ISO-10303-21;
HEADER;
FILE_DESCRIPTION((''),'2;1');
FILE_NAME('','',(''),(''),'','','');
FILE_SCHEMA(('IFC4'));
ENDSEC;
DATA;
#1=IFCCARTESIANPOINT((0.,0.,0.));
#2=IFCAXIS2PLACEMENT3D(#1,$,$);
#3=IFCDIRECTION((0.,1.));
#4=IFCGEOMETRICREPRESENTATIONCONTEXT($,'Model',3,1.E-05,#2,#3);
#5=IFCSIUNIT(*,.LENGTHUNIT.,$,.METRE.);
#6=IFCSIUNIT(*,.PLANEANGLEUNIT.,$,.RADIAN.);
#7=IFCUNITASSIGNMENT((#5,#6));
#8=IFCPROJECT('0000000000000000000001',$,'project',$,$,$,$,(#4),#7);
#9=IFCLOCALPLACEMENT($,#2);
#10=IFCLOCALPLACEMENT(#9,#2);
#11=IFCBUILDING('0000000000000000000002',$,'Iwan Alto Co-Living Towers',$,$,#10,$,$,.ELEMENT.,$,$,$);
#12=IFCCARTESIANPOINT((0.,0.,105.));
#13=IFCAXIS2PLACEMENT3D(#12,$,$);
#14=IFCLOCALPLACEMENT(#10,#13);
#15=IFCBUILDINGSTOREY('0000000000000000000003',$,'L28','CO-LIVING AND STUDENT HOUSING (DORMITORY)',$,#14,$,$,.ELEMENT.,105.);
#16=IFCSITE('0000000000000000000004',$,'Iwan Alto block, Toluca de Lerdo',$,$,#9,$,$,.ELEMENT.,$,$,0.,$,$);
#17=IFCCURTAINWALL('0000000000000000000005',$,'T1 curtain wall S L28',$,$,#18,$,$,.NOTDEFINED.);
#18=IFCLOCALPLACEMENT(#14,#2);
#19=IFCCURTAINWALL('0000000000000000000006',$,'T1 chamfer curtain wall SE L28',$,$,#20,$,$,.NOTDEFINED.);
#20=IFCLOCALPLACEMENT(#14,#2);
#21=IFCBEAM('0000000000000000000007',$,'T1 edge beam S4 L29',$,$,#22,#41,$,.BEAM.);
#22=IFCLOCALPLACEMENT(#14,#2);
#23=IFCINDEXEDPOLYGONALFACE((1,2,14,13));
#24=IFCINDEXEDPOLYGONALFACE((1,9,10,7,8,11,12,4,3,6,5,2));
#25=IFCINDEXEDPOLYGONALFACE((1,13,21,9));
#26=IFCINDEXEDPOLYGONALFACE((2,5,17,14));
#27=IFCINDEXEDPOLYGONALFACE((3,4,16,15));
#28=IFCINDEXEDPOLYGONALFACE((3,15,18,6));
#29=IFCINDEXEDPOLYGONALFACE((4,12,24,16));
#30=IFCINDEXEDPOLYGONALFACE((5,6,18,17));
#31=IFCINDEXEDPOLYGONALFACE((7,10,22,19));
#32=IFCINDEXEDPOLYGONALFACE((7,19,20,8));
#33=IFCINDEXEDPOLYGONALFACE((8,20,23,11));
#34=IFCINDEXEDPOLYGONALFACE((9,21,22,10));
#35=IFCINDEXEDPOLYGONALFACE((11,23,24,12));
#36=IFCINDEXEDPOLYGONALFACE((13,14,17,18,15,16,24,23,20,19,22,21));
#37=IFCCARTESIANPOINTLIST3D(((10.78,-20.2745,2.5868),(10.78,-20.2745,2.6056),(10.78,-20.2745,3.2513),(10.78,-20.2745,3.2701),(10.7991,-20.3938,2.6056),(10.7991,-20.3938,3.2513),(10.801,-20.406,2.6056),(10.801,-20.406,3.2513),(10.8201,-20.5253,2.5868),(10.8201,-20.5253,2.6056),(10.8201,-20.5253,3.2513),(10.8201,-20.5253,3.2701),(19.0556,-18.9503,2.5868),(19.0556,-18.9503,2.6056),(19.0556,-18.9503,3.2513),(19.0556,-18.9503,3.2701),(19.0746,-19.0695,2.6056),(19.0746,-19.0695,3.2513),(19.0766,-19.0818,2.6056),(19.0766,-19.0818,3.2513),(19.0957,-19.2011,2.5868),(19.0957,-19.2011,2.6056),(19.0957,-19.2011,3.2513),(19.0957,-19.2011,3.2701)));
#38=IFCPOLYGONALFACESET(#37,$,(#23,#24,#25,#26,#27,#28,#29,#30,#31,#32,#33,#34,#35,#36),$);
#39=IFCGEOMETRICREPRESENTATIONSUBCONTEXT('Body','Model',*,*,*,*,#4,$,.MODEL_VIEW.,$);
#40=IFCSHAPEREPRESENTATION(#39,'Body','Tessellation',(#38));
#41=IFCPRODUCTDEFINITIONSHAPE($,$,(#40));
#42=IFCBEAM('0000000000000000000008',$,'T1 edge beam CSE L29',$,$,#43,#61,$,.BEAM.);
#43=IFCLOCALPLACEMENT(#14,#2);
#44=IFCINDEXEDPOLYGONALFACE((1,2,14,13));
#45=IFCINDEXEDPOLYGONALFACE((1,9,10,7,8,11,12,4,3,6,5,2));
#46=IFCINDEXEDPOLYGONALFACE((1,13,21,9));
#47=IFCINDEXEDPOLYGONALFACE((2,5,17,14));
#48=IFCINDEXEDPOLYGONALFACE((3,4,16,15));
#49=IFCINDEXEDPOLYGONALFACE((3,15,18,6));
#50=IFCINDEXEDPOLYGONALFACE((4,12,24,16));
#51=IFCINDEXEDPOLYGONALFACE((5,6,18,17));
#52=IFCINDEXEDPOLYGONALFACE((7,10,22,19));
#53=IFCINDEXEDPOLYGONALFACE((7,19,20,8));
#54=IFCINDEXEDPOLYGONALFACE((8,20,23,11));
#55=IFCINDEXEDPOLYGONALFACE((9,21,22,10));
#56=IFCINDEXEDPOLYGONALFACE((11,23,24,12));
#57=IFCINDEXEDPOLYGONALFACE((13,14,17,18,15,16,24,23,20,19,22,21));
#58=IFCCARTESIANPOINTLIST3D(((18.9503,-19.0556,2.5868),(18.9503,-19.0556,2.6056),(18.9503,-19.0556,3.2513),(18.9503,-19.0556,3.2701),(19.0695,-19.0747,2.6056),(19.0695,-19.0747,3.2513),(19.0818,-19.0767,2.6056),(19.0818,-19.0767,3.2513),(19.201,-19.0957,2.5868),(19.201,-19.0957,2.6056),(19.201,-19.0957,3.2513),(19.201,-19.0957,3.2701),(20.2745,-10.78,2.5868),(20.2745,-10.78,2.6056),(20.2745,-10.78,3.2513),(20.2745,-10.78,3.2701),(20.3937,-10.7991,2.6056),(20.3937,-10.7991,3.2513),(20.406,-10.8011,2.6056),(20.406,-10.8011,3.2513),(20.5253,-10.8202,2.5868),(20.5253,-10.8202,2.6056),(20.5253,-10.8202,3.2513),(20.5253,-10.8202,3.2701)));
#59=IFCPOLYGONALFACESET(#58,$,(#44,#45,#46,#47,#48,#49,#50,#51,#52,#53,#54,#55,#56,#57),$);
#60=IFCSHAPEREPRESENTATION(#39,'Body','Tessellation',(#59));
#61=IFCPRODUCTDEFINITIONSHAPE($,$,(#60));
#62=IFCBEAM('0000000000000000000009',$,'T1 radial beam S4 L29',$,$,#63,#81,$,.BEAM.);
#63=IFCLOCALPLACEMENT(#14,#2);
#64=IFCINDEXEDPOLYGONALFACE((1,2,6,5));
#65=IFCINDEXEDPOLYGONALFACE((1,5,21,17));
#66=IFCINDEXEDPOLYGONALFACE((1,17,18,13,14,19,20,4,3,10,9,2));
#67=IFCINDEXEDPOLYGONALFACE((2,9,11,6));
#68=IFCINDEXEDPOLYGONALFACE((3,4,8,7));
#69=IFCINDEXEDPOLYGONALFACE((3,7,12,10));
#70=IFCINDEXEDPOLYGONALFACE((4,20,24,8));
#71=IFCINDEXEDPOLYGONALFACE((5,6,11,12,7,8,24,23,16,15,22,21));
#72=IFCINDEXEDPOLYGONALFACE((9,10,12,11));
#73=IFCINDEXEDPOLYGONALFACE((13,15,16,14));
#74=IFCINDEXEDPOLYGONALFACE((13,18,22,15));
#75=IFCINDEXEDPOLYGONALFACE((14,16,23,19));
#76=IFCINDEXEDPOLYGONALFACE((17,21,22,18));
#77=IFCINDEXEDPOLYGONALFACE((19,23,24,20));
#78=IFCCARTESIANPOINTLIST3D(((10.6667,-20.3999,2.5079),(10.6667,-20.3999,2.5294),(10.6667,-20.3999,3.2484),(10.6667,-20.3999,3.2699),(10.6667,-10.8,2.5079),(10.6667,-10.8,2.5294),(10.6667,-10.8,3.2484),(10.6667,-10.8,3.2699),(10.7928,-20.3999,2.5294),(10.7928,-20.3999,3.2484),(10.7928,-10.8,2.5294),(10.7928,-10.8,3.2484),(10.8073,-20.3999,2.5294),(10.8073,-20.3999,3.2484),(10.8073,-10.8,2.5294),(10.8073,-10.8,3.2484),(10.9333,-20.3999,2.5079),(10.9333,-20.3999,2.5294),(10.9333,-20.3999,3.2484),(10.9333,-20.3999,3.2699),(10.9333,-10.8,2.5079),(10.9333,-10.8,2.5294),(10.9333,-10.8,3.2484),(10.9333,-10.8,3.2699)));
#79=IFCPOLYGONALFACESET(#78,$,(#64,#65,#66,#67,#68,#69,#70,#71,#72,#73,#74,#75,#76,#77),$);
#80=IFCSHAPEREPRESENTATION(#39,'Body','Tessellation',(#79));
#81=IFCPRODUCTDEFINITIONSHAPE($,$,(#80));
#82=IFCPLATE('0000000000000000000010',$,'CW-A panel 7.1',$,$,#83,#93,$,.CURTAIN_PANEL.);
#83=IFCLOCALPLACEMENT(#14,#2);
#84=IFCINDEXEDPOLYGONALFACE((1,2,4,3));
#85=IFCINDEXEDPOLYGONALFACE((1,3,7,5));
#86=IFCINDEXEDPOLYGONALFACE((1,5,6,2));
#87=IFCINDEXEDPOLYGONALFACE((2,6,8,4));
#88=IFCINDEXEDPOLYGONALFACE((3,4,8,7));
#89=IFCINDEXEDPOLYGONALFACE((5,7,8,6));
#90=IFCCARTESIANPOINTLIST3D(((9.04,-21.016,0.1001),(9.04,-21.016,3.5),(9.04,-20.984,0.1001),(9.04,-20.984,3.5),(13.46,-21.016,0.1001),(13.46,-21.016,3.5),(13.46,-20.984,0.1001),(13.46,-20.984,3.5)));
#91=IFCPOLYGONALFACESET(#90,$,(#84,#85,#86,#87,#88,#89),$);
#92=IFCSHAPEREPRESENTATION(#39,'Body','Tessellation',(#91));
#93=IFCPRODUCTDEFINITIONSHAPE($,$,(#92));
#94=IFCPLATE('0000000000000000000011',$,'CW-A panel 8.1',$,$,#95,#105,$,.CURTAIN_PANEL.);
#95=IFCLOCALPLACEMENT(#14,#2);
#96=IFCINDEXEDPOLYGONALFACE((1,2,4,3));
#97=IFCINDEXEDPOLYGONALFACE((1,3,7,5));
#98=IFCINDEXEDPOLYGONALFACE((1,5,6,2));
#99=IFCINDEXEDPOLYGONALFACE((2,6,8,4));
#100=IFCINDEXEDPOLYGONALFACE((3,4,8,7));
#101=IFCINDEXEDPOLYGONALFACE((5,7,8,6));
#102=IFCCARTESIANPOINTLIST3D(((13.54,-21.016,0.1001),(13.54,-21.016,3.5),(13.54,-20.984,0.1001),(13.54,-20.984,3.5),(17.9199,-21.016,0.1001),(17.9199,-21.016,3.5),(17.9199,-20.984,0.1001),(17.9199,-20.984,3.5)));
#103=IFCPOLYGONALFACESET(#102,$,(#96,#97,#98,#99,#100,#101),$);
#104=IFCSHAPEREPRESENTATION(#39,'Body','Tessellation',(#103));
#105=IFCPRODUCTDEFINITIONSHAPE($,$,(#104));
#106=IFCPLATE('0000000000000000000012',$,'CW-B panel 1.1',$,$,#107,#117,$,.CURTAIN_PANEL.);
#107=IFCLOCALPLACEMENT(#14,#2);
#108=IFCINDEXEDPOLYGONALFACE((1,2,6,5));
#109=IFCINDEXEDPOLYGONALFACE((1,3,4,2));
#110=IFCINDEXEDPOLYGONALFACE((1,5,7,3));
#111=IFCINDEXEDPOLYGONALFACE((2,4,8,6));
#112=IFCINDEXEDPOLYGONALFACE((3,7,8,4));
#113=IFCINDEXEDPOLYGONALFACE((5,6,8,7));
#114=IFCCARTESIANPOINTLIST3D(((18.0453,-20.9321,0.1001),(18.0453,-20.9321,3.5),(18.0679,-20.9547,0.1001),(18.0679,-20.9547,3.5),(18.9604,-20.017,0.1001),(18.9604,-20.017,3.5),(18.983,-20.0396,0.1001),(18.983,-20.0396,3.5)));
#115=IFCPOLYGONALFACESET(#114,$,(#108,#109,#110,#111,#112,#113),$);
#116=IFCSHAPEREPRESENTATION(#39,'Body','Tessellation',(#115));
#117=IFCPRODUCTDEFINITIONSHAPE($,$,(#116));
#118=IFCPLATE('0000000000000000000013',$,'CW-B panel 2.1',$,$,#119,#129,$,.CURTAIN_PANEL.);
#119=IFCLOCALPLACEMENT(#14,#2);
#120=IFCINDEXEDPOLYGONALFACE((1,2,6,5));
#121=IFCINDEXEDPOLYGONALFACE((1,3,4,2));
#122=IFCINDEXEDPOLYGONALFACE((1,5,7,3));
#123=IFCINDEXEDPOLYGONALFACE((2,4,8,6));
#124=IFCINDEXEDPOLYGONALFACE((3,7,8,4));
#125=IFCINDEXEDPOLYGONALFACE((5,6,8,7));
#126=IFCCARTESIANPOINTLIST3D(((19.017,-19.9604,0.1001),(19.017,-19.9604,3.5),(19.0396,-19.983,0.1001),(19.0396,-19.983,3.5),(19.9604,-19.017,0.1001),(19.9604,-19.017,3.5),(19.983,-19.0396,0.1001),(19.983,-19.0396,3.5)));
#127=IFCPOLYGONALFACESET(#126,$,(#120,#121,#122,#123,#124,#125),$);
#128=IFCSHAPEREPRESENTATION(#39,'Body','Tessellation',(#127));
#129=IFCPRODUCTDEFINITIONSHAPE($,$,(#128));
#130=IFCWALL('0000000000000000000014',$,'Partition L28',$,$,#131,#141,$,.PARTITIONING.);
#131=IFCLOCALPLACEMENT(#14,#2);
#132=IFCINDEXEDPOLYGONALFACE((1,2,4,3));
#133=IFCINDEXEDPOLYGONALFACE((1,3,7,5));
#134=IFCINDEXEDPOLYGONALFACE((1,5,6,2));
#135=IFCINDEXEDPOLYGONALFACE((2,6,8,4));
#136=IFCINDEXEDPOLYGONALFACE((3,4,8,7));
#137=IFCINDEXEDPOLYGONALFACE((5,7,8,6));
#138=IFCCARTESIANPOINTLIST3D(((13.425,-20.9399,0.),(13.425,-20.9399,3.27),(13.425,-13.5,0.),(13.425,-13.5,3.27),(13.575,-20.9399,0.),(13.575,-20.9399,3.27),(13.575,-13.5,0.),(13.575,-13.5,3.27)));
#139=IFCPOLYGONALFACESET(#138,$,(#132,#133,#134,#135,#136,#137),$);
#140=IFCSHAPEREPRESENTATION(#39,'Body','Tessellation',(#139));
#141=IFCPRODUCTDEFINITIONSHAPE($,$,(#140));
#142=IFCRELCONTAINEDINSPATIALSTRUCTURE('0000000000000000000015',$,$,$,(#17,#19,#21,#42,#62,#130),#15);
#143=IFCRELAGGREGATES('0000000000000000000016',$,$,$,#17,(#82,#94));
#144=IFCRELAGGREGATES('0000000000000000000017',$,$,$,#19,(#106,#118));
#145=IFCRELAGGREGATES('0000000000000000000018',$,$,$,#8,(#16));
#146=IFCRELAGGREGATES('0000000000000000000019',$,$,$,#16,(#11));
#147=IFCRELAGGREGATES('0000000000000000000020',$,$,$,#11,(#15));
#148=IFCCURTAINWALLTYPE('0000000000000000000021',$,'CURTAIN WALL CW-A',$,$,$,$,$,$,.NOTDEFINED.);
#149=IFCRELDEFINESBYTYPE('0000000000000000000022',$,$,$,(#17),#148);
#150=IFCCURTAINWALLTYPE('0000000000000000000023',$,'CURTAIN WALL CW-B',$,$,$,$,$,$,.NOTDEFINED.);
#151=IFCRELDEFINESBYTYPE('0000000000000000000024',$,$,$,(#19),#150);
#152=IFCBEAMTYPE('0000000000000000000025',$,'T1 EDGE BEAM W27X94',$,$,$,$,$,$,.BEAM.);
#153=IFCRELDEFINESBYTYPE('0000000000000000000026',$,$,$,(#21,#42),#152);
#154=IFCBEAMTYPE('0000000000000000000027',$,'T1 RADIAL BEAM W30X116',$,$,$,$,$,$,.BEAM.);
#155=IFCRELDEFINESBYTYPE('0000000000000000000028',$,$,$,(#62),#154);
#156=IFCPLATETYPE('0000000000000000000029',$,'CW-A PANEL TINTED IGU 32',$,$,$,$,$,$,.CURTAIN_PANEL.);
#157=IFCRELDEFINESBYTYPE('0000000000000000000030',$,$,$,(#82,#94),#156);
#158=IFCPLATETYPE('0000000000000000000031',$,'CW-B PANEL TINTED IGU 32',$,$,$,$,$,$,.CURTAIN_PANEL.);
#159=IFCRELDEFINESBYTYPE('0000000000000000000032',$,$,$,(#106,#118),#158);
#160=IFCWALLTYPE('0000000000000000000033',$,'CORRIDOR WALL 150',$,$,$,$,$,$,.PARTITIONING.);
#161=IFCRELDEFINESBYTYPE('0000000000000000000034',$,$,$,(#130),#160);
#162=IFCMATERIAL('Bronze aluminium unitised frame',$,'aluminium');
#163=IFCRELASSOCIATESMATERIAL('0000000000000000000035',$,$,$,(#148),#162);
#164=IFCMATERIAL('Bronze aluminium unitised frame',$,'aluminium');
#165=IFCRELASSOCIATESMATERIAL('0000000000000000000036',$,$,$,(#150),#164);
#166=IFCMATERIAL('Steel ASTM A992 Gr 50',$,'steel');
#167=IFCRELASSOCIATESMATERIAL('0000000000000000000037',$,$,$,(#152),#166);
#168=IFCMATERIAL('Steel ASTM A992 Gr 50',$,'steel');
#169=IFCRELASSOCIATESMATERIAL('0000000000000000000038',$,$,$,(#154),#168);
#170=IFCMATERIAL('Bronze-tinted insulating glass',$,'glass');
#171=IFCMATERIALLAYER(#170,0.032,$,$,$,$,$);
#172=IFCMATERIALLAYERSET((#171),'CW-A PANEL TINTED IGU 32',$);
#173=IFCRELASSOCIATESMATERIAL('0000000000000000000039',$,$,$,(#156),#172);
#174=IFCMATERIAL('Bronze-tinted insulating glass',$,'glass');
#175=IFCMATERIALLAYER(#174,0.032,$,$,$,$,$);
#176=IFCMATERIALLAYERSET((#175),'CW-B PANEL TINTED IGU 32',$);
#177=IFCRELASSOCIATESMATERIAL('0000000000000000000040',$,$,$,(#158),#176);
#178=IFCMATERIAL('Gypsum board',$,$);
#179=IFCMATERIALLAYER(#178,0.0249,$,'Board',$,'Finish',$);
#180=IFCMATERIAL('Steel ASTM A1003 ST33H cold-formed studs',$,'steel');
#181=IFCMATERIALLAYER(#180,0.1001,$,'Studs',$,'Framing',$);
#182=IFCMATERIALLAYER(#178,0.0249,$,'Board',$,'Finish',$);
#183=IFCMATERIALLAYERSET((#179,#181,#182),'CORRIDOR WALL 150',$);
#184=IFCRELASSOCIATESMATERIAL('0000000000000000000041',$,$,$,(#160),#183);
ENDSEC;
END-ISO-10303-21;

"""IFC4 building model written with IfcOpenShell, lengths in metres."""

from ifc_helpers import new_model, si_unit, direction, frame, frame_2d, origin, origin_2d, place, context, subcontext, project, spatial, rectangle, i_section, extrude, material, layer, layer_set, material_profile, profile_set, type_object, element, aggregate, save


model = new_model("IFC4")

# Units and contexts
model_context = context("Model", 3, precision=1e-05, world=origin(), true_north=direction((0.0, 1.0)))
body_context = subcontext(model_context, "Body", "Model", "MODEL_VIEW")
ifc_project = project(units=[si_unit("LENGTHUNIT", "METRE"), si_unit("PLANEANGLEUNIT", "RADIAN")], contexts=[model_context])

# Site, building, storey
site_placement = place(None, origin())
site = spatial("IfcSite", under=ifc_project, at=site_placement, Name="Iwan Alto block, Toluca de Lerdo", CompositionType="ELEMENT", RefElevation=0.0)
building_placement = place(site_placement, origin())
building = spatial("IfcBuilding", under=site, at=building_placement, Name="Iwan Alto Co-Living Towers", CompositionType="ELEMENT")
storey_placement = place(building_placement, frame((0.0, 0.0, 105.0)))
storey = spatial("IfcBuildingStorey", under=building, at=storey_placement, Name="L28", Description="CO-LIVING AND STUDENT HOUSING (DORMITORY)", CompositionType="ELEMENT", Elevation=105.0)

# Curtain walls
ifc_material_1 = material(Name="Bronze aluminium unitised frame", Category="aluminium")
curtain_wall_type_1 = type_object("IfcCurtainWallType", Name="CURTAIN WALL CW-A", PredefinedType="NOTDEFINED", material=ifc_material_1)
curtain_wall_1_placement = place(storey_placement, origin())
curtain_wall_1 = element("IfcCurtainWall", 1, at=curtain_wall_1_placement, inside=storey, type_object=curtain_wall_type_1, Name="T1 curtain wall S L28", PredefinedType="NOTDEFINED")
ifc_material_2 = material(Name="Bronze aluminium unitised frame", Category="aluminium")
curtain_wall_type_2 = type_object("IfcCurtainWallType", Name="CURTAIN WALL CW-B", PredefinedType="NOTDEFINED", material=ifc_material_2)
curtain_wall_2_placement = place(storey_placement, origin())
curtain_wall_2 = element("IfcCurtainWall", 2, at=curtain_wall_2_placement, inside=storey, type_object=curtain_wall_type_2, Name="T1 chamfer curtain wall SE L28", PredefinedType="NOTDEFINED")

# Beams
ifc_material_3 = material(Name="Steel ASTM A992 Gr 50", Category="steel")
ifc_material_profile_1 = material_profile(ifc_material_3, i_section(OverallWidth=0.2539, OverallDepth=0.6833, WebThickness=0.0125, FlangeThickness=0.0188, at=origin_2d()), Name="W27X94")
ifc_profile_set_1 = profile_set([ifc_material_profile_1], Name="Steel ASTM A992 Gr 50")
beam_type_1 = type_object("IfcBeamType", Name="T1 EDGE BEAM W27X94", PredefinedType="BEAM", material=ifc_profile_set_1)
for number, where, z_axis, x_axis, name in (
    (3, (10.8, -20.3999, 2.9285), (0.987438, 0.158004, 0.0), (-0.158004, 0.987438, 0.0), "T1 edge beam S4 L29"),
    (4, (19.0757, -19.0757, 2.9285), (0.158004, 0.987438, 0.0), (-0.987438, 0.158004, 0.0), "T1 edge beam CSE L29"),
):
    element("IfcBeam", number, at=place(storey_placement, frame(where, z_axis=z_axis, x_axis=x_axis)), inside=storey, type_object=beam_type_1, Name=name, PredefinedType="BEAM", context=body_context, shape_type="SweptSolid", body=[
        extrude(i_section(OverallWidth=0.2539, OverallDepth=0.6833, WebThickness=0.0125, FlangeThickness=0.0188, at=origin_2d()), origin(), (0.0, 0.0, 1.0), 8.3809),
    ])
ifc_material_4 = material(Name="Steel ASTM A992 Gr 50", Category="steel")
ifc_material_profile_2 = material_profile(ifc_material_4, i_section(OverallWidth=0.2666, OverallDepth=0.762, WebThickness=0.0144, FlangeThickness=0.0215, at=origin_2d()), Name="W30X116")
ifc_profile_set_2 = profile_set([ifc_material_profile_2], Name="Steel ASTM A992 Gr 50")
beam_type_2 = type_object("IfcBeamType", Name="T1 RADIAL BEAM W30X116", PredefinedType="BEAM", material=ifc_profile_set_2)
beam_1_placement = place(storey_placement, frame((10.8, -20.3999, 2.8889), z_axis=(0.0, 1.0, 0.0), x_axis=(-1.0, 0.0, 0.0)))
element("IfcBeam", 5, at=beam_1_placement, inside=storey, type_object=beam_type_2, Name="T1 radial beam S4 L29", PredefinedType="BEAM", context=body_context, shape_type="SweptSolid", body=[
    extrude(i_section(OverallWidth=0.2666, OverallDepth=0.762, WebThickness=0.0144, FlangeThickness=0.0215, at=origin_2d()), origin(), (0.0, 0.0, 1.0), 9.5999),
])

# Plates
ifc_material_5 = material(Name="Bronze-tinted insulating glass", Category="glass")
ifc_layer_1 = layer(ifc_material_5, 0.032)
ifc_layer_set_1 = layer_set([ifc_layer_1], Name="CW-A PANEL TINTED IGU 32")
plate_type_1 = type_object("IfcPlateType", Name="CW-A PANEL TINTED IGU 32", PredefinedType="CURTAIN_PANEL", material=ifc_layer_set_1)
plate_1_placement = place(storey_placement, frame((11.25, -21.0, 0.1001), z_axis=(0.0, 0.0, 1.0), x_axis=(1.0, 0.0, 0.0)))
plate_1 = element("IfcPlate", 6, at=plate_1_placement, type_object=plate_type_1, Name="CW-A panel 7.1", PredefinedType="CURTAIN_PANEL", context=body_context, shape_type="SweptSolid", body=[
    extrude(rectangle(XDim=4.4199, YDim=0.032, at=origin_2d()), origin(), (0.0, 0.0, 1.0), 3.3999),
])
plate_2_placement = place(storey_placement, frame((15.73, -21.0, 0.1001), z_axis=(0.0, 0.0, 1.0), x_axis=(1.0, 0.0, 0.0)))
plate_2 = element("IfcPlate", 7, at=plate_2_placement, type_object=plate_type_1, Name="CW-A panel 8.1", PredefinedType="CURTAIN_PANEL", context=body_context, shape_type="SweptSolid", body=[
    extrude(rectangle(XDim=4.3799, YDim=0.032, at=origin_2d()), origin(), (0.0, 0.0, 1.0), 3.3999),
])
aggregate(curtain_wall_1, [plate_1, plate_2])
ifc_material_6 = material(Name="Bronze-tinted insulating glass", Category="glass")
ifc_layer_2 = layer(ifc_material_6, 0.032)
ifc_layer_set_2 = layer_set([ifc_layer_2], Name="CW-B PANEL TINTED IGU 32")
plate_type_2 = type_object("IfcPlateType", Name="CW-B PANEL TINTED IGU 32", PredefinedType="CURTAIN_PANEL", material=ifc_layer_set_2)
plate_3_placement = place(storey_placement, frame((18.5142, -20.4858, 0.1001), z_axis=(0.0, 0.0, 1.0), x_axis=(0.707107, 0.707107, 0.0)))
plate_3 = element("IfcPlate", 8, at=plate_3_placement, type_object=plate_type_2, Name="CW-B panel 1.1", PredefinedType="CURTAIN_PANEL", context=body_context, shape_type="SweptSolid", body=[
    extrude(rectangle(XDim=1.2942, YDim=0.032, at=origin_2d()), origin(), (0.0, 0.0, 1.0), 3.3999),
])
plate_4_placement = place(storey_placement, frame((19.5, -19.5, 0.1001), z_axis=(0.0, 0.0, 1.0), x_axis=(0.707107, 0.707107, 0.0)))
plate_4 = element("IfcPlate", 9, at=plate_4_placement, type_object=plate_type_2, Name="CW-B panel 2.1", PredefinedType="CURTAIN_PANEL", context=body_context, shape_type="SweptSolid", body=[
    extrude(rectangle(XDim=1.3342, YDim=0.032, at=origin_2d()), origin(), (0.0, 0.0, 1.0), 3.3999),
])
aggregate(curtain_wall_2, [plate_3, plate_4])

# Wall
ifc_material_7 = material(Name="Gypsum board")
ifc_layer_3 = layer(ifc_material_7, 0.0249, Name="Board", Category="Finish")
ifc_material_8 = material(Name="Steel ASTM A1003 ST33H cold-formed studs", Category="steel")
ifc_layer_4 = layer(ifc_material_8, 0.1001, Name="Studs", Category="Framing")
ifc_layer_5 = layer(ifc_material_7, 0.0249, Name="Board", Category="Finish")
ifc_layer_set_3 = layer_set([ifc_layer_3, ifc_layer_4, ifc_layer_5], Name="CORRIDOR WALL 150")
wall_type = type_object("IfcWallType", Name="CORRIDOR WALL 150", PredefinedType="PARTITIONING", material=ifc_layer_set_3)
wall_placement = place(storey_placement, frame((13.5, -20.9399, 0.0), z_axis=(0.0, 0.0, 1.0), x_axis=(0.0, 1.0, 0.0)))
element("IfcWall", 10, at=wall_placement, inside=storey, type_object=wall_type, Name="Partition L28", PredefinedType="PARTITIONING", context=body_context, shape_type="SweptSolid", body=[
    extrude(rectangle(XDim=7.4399, YDim=0.1499, at=frame_2d((3.72, 0.0))), origin(), (0.0, 0.0, 1.0), 3.27),
])

save(model, "model.ifc")
